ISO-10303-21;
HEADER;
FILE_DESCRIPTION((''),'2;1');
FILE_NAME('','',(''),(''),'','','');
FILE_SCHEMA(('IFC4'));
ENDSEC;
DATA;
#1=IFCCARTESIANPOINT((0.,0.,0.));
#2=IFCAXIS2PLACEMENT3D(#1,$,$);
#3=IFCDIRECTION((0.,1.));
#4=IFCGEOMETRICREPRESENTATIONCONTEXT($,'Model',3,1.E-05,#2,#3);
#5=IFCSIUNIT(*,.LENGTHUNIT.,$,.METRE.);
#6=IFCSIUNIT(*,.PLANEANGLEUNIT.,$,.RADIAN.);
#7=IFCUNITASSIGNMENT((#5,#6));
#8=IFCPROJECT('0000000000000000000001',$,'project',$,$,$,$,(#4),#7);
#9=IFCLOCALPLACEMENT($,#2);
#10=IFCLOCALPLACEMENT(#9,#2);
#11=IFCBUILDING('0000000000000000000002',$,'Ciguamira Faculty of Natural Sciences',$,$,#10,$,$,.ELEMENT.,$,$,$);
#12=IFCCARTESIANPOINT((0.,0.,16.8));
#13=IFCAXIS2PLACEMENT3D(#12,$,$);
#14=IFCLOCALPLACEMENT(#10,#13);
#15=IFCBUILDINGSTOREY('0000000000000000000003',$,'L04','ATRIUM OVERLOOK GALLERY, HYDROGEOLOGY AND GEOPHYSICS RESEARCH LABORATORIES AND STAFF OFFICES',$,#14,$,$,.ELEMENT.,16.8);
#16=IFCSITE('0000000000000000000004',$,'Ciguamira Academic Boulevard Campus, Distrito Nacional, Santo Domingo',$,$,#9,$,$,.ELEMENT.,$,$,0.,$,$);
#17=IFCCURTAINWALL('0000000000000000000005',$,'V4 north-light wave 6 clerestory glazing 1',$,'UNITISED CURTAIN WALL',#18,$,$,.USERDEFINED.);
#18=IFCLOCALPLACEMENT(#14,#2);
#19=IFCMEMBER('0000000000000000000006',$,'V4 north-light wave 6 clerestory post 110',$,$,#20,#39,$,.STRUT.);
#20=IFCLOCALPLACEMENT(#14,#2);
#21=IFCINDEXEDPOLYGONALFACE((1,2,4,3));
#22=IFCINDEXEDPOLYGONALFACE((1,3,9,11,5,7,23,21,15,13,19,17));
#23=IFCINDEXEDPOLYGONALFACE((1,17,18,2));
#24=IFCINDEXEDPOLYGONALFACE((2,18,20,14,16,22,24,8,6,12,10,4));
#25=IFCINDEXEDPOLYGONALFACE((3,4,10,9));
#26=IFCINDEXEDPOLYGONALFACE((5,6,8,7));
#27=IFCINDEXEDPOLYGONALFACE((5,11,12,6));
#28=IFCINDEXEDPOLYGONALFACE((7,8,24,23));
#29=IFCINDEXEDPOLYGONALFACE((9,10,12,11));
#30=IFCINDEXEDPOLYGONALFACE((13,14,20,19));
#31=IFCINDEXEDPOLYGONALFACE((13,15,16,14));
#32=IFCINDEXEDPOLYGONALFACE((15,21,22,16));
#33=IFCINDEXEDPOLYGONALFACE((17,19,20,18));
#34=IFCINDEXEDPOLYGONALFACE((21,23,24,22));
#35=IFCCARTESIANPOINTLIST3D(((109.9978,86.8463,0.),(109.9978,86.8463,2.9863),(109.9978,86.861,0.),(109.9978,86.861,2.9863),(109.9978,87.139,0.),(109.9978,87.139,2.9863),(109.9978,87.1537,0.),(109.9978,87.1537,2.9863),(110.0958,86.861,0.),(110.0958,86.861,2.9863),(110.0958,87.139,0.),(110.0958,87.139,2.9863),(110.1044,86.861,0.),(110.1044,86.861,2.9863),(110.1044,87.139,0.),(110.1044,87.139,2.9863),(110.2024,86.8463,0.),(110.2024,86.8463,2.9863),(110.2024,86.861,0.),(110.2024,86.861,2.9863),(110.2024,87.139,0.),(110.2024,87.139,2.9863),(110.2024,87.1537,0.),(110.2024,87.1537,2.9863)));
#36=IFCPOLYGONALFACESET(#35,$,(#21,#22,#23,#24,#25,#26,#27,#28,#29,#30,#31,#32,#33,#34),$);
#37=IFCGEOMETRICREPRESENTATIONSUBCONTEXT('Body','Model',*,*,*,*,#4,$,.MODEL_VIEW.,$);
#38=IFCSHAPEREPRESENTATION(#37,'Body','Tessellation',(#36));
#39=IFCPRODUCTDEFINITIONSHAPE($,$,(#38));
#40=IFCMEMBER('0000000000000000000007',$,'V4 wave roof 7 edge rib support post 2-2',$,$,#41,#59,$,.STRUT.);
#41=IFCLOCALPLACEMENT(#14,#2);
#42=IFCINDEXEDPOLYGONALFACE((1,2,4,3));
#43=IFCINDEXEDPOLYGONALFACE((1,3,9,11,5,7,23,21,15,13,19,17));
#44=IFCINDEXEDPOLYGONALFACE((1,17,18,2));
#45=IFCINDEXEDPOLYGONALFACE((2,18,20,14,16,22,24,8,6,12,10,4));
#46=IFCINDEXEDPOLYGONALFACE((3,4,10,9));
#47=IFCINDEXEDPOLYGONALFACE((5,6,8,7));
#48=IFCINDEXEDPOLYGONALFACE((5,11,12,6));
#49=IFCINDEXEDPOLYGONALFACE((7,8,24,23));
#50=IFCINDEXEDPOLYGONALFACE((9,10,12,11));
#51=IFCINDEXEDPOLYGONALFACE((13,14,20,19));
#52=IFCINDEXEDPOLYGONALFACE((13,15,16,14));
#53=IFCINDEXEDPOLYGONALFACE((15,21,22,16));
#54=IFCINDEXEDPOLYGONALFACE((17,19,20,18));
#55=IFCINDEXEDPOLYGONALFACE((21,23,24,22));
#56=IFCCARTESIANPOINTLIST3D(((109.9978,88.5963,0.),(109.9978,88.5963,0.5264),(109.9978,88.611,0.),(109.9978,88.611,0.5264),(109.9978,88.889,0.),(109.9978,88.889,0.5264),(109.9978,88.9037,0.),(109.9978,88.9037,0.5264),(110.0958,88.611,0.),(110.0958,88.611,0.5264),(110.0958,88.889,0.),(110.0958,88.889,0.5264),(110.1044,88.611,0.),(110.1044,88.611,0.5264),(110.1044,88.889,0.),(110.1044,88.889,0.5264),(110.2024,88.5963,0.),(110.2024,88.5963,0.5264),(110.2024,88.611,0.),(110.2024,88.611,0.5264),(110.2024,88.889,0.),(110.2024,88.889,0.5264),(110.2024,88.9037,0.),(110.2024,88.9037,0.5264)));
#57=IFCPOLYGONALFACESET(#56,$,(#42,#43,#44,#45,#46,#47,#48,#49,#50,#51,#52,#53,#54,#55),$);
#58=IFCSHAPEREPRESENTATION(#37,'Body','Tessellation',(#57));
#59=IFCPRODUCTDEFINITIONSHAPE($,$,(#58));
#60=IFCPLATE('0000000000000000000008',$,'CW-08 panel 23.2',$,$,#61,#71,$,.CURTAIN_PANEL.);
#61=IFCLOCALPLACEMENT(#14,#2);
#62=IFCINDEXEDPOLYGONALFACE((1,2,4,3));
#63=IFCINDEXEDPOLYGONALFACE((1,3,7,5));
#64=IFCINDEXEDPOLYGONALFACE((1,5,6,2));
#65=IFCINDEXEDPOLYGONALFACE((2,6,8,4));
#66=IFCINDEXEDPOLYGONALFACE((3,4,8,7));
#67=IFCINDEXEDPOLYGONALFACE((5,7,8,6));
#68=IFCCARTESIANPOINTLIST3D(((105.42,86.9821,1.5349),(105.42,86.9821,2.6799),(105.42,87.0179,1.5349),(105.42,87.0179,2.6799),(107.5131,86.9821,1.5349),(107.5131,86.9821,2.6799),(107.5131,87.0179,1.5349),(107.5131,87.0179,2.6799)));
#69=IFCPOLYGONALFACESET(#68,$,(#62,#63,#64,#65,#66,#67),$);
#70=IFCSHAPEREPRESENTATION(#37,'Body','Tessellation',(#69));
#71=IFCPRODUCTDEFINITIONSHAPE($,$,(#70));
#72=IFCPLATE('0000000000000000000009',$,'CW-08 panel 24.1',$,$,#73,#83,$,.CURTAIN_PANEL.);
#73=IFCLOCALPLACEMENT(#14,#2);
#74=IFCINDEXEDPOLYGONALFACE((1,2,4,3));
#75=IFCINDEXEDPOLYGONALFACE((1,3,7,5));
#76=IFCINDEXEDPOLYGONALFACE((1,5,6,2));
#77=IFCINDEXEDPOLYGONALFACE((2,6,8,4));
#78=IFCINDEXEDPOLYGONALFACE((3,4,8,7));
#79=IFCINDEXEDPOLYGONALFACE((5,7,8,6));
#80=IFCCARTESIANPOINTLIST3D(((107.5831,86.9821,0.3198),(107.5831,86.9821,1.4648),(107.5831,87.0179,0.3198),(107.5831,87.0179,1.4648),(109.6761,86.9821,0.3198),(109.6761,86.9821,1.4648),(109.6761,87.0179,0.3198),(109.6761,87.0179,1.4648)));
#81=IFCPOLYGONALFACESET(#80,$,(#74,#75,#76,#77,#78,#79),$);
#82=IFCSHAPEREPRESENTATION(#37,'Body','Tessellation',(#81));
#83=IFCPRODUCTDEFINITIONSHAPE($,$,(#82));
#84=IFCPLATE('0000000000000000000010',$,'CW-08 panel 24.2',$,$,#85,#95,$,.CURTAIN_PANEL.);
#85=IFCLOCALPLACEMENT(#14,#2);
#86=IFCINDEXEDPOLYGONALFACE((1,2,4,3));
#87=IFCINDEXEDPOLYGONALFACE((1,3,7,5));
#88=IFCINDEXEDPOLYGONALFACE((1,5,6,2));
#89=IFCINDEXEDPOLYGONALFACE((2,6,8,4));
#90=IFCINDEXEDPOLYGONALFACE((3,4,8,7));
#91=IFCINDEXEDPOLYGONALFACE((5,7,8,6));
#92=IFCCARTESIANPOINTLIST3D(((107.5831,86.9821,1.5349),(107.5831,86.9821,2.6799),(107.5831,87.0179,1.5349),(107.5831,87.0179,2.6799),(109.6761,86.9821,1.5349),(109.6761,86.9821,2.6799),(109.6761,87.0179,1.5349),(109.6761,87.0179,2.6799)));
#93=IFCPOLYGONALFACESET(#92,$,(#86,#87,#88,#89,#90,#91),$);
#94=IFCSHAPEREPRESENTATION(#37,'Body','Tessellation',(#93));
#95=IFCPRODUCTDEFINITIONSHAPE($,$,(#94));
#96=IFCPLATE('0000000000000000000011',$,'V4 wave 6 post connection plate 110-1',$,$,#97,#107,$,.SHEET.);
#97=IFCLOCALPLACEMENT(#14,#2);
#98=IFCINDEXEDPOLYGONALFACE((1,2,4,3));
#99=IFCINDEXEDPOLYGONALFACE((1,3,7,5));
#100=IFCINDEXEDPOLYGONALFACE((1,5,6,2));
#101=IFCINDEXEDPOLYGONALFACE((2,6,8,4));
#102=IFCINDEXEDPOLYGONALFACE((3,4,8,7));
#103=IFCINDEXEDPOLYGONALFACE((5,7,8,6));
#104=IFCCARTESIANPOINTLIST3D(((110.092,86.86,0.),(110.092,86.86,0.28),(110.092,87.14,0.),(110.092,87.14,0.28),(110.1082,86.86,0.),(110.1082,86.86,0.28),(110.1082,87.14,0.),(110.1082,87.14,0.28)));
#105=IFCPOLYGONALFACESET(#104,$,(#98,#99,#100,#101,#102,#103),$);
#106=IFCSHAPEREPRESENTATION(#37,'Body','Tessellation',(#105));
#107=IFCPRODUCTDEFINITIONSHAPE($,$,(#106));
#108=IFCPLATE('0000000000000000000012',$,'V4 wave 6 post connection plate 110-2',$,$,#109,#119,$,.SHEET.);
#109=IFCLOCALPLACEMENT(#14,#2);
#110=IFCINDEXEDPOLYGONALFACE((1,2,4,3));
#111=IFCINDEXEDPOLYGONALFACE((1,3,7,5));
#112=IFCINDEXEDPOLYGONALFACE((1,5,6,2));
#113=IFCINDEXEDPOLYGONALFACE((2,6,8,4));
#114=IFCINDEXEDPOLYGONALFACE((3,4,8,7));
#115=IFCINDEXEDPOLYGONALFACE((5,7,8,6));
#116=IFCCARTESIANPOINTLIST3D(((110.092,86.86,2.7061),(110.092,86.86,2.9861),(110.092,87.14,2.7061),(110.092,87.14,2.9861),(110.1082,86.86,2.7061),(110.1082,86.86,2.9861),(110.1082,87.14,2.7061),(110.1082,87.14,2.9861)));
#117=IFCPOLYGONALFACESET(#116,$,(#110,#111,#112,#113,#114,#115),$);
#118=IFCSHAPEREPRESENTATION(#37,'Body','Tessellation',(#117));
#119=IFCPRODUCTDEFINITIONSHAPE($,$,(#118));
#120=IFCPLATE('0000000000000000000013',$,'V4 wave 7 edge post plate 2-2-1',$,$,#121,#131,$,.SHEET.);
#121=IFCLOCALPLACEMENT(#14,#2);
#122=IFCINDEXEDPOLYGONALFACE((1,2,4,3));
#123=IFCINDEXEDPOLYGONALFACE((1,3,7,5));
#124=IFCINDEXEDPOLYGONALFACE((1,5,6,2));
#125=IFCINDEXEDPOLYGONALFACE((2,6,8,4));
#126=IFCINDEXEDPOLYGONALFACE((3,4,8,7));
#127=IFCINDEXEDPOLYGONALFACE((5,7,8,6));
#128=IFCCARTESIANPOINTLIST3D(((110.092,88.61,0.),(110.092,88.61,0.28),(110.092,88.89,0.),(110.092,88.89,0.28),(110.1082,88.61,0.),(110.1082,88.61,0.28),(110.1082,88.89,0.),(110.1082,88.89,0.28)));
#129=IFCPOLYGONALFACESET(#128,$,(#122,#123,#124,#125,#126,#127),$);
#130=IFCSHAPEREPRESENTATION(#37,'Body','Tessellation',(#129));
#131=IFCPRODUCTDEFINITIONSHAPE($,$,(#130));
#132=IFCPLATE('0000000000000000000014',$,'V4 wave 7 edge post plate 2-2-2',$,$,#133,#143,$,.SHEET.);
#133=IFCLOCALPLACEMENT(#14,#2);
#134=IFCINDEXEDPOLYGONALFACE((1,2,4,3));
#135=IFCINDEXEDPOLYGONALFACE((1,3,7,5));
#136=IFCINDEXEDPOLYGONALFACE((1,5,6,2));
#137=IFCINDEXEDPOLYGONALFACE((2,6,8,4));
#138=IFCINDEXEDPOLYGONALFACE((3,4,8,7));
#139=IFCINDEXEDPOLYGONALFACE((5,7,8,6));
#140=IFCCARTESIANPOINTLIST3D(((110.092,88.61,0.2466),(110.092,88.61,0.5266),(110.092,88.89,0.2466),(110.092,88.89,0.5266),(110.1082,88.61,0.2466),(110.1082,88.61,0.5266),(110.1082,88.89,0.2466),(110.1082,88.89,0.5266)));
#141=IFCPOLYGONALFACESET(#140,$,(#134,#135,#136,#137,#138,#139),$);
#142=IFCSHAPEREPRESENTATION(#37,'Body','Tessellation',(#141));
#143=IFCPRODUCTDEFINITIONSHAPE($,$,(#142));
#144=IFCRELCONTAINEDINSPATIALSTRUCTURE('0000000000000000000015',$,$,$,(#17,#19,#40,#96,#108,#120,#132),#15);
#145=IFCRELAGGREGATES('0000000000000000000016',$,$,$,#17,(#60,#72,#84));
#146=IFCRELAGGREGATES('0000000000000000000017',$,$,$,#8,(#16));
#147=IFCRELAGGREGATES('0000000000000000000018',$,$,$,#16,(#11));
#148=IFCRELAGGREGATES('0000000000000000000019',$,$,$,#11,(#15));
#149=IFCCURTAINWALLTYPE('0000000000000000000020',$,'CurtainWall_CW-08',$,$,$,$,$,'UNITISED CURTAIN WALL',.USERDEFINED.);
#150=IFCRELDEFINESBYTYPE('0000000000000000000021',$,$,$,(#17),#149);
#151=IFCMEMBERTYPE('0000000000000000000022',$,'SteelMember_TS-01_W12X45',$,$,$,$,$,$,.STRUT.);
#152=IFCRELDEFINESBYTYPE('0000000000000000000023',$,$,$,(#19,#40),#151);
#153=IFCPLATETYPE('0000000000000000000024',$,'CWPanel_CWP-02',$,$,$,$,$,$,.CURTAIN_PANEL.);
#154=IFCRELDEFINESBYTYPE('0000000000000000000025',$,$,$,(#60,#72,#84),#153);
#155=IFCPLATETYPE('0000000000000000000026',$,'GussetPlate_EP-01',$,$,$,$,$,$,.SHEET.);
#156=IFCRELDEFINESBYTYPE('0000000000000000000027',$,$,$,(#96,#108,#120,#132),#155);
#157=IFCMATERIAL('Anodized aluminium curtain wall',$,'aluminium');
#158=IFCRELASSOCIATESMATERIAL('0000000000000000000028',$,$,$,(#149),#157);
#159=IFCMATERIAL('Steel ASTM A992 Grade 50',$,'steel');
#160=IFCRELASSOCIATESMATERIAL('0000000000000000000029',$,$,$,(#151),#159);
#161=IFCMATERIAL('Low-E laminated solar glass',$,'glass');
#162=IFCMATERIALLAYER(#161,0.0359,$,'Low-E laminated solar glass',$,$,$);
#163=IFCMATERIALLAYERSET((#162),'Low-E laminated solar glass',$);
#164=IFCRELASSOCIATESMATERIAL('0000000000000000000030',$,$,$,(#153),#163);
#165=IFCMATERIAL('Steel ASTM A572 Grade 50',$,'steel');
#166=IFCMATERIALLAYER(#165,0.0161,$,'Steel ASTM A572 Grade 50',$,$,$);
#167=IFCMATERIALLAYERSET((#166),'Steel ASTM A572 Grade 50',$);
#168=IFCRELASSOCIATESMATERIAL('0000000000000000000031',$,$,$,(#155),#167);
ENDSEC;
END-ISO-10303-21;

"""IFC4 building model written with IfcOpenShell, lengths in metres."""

from ifc_helpers import new_model, si_unit, direction, frame, origin, origin_2d, place, context, subcontext, project, spatial, rectangle, i_section, extrude, material, layer, layer_set, material_profile, profile_set, type_object, element, aggregate, save


model = new_model("IFC4")

# Units and contexts
model_context = context("Model", 3, precision=1e-05, world=origin(), true_north=direction((0.0, 1.0)))
body_context = subcontext(model_context, "Body", "Model", "MODEL_VIEW")
ifc_project = project(units=[si_unit("LENGTHUNIT", "METRE"), si_unit("PLANEANGLEUNIT", "RADIAN")], contexts=[model_context])

# Site, building, storey
site_placement = place(None, origin())
site = spatial("IfcSite", under=ifc_project, at=site_placement, Name="Ciguamira Academic Boulevard Campus, Distrito Nacional, Santo Domingo", CompositionType="ELEMENT", RefElevation=0.0)
building_placement = place(site_placement, origin())
building = spatial("IfcBuilding", under=site, at=building_placement, Name="Ciguamira Faculty of Natural Sciences", CompositionType="ELEMENT")
storey_placement = place(building_placement, frame((0.0, 0.0, 16.8)))
storey = spatial("IfcBuildingStorey", under=building, at=storey_placement, Name="L04", Description="ATRIUM OVERLOOK GALLERY, HYDROGEOLOGY AND GEOPHYSICS RESEARCH LABORATORIES AND STAFF OFFICES", CompositionType="ELEMENT", Elevation=16.8)

# Shared definitions
ifc_material_1 = material(Name="Anodized aluminium curtain wall", Category="aluminium")

# Curtain wall
curtain_wall_type_1 = type_object("IfcCurtainWallType", Name="CurtainWall_CW-08", ElementType="UNITISED CURTAIN WALL", PredefinedType="USERDEFINED", material=ifc_material_1)
curtain_wall_1_placement = place(storey_placement, origin())
curtain_wall_1 = element("IfcCurtainWall", 1, at=curtain_wall_1_placement, inside=storey, type_object=curtain_wall_type_1, Name="V4 north-light wave 6 clerestory glazing 1", ObjectType="UNITISED CURTAIN WALL", PredefinedType="USERDEFINED")

# Members
ifc_material_2 = material(Name="Steel ASTM A992 Grade 50", Category="steel")
ifc_material_profile_1 = material_profile(ifc_material_2, i_section(OverallWidth=0.2046, OverallDepth=0.3074, WebThickness=0.0085, FlangeThickness=0.0146, at=origin_2d()), Name="W12X45")
ifc_profile_set_1 = profile_set([ifc_material_profile_1], Name="Steel ASTM A992 Grade 50")
member_type_1 = type_object("IfcMemberType", Name="SteelMember_TS-01_W12X45", PredefinedType="STRUT", material=ifc_profile_set_1)
member_1_placement = place(storey_placement, frame((110.1001, 87.0, 0.0), z_axis=(0.0, 0.0, 1.0), x_axis=(1.0, 0.0, 0.0)))
element("IfcMember", 2, at=member_1_placement, inside=storey, type_object=member_type_1, Name="V4 north-light wave 6 clerestory post 110", PredefinedType="STRUT", context=body_context, shape_type="SweptSolid", body=[
    extrude(i_section(OverallWidth=0.2046, OverallDepth=0.3074, WebThickness=0.0085, FlangeThickness=0.0146, at=origin_2d()), origin(), (0.0, 0.0, 1.0), 2.9863),
])
member_2_placement = place(storey_placement, frame((110.1001, 88.75, 0.0), z_axis=(0.0, 0.0, 1.0), x_axis=(1.0, 0.0, 0.0)))
element("IfcMember", 3, at=member_2_placement, inside=storey, type_object=member_type_1, Name="V4 wave roof 7 edge rib support post 2-2", PredefinedType="STRUT", context=body_context, shape_type="SweptSolid", body=[
    extrude(i_section(OverallWidth=0.2046, OverallDepth=0.3074, WebThickness=0.0085, FlangeThickness=0.0146, at=origin_2d()), origin(), (0.0, 0.0, 1.0), 0.5264),
])

# Plates
ifc_material_3 = material(Name="Low-E laminated solar glass", Category="glass")
ifc_layer_1 = layer(ifc_material_3, 0.0359, Name="Low-E laminated solar glass")
ifc_layer_set_1 = layer_set([ifc_layer_1], Name="Low-E laminated solar glass")
plate_type_1 = type_object("IfcPlateType", Name="CWPanel_CWP-02", PredefinedType="CURTAIN_PANEL", material=ifc_layer_set_1)
plate_1_placement = place(storey_placement, frame((106.4666, 87.0, 1.5349), z_axis=(0.0, 0.0, 1.0), x_axis=(1.0, 0.0, 0.0)))
plate_1 = element("IfcPlate", 4, at=plate_1_placement, type_object=plate_type_1, Name="CW-08 panel 23.2", PredefinedType="CURTAIN_PANEL", context=body_context, shape_type="SweptSolid", body=[
    extrude(rectangle(XDim=2.093, YDim=0.0359, at=origin_2d()), origin(), (0.0, 0.0, 1.0), 1.145),
])
plate_2_placement = place(storey_placement, frame((108.6296, 87.0, 0.3198), z_axis=(0.0, 0.0, 1.0), x_axis=(1.0, 0.0, 0.0)))
plate_2 = element("IfcPlate", 5, at=plate_2_placement, type_object=plate_type_1, Name="CW-08 panel 24.1", PredefinedType="CURTAIN_PANEL", context=body_context, shape_type="SweptSolid", body=[
    extrude(rectangle(XDim=2.093, YDim=0.0359, at=origin_2d()), origin(), (0.0, 0.0, 1.0), 1.145),
])
plate_3_placement = place(storey_placement, frame((108.6296, 87.0, 1.5349), z_axis=(0.0, 0.0, 1.0), x_axis=(1.0, 0.0, 0.0)))
plate_3 = element("IfcPlate", 6, at=plate_3_placement, type_object=plate_type_1, Name="CW-08 panel 24.2", PredefinedType="CURTAIN_PANEL", context=body_context, shape_type="SweptSolid", body=[
    extrude(rectangle(XDim=2.093, YDim=0.0359, at=origin_2d()), origin(), (0.0, 0.0, 1.0), 1.145),
])
aggregate(curtain_wall_1, [plate_1, plate_2, plate_3])

# Plates
ifc_material_4 = material(Name="Steel ASTM A572 Grade 50", Category="steel")
ifc_layer_2 = layer(ifc_material_4, 0.0161, Name="Steel ASTM A572 Grade 50")
ifc_layer_set_2 = layer_set([ifc_layer_2], Name="Steel ASTM A572 Grade 50")
plate_type_2 = type_object("IfcPlateType", Name="GussetPlate_EP-01", PredefinedType="SHEET", material=ifc_layer_set_2)
for number, where, z_axis, x_axis, name in (
    (7, (110.1001, 87.0, 0.0), (0.0, 0.0, 1.0), (1.0, 0.0, 0.0), "V4 wave 6 post connection plate 110-1"),
    (8, (110.1001, 87.0, 2.7061), (0.0, 0.0, 1.0), (1.0, 0.0, 0.0), "V4 wave 6 post connection plate 110-2"),
    (9, (110.1001, 88.75, 0.0), (0.0, 0.0, 1.0), (1.0, 0.0, 0.0), "V4 wave 7 edge post plate 2-2-1"),
    (10, (110.1001, 88.75, 0.2466), (0.0, 0.0, 1.0), (1.0, 0.0, 0.0), "V4 wave 7 edge post plate 2-2-2"),
):
    element("IfcPlate", number, at=place(storey_placement, frame(where, z_axis=z_axis, x_axis=x_axis)), inside=storey, type_object=plate_type_2, Name=name, PredefinedType="SHEET", context=body_context, shape_type="SweptSolid", body=[
        extrude(rectangle(XDim=0.0161, YDim=0.28, at=origin_2d()), origin(), (0.0, 0.0, 1.0), 0.28),
    ])

save(model, "model.ifc")
